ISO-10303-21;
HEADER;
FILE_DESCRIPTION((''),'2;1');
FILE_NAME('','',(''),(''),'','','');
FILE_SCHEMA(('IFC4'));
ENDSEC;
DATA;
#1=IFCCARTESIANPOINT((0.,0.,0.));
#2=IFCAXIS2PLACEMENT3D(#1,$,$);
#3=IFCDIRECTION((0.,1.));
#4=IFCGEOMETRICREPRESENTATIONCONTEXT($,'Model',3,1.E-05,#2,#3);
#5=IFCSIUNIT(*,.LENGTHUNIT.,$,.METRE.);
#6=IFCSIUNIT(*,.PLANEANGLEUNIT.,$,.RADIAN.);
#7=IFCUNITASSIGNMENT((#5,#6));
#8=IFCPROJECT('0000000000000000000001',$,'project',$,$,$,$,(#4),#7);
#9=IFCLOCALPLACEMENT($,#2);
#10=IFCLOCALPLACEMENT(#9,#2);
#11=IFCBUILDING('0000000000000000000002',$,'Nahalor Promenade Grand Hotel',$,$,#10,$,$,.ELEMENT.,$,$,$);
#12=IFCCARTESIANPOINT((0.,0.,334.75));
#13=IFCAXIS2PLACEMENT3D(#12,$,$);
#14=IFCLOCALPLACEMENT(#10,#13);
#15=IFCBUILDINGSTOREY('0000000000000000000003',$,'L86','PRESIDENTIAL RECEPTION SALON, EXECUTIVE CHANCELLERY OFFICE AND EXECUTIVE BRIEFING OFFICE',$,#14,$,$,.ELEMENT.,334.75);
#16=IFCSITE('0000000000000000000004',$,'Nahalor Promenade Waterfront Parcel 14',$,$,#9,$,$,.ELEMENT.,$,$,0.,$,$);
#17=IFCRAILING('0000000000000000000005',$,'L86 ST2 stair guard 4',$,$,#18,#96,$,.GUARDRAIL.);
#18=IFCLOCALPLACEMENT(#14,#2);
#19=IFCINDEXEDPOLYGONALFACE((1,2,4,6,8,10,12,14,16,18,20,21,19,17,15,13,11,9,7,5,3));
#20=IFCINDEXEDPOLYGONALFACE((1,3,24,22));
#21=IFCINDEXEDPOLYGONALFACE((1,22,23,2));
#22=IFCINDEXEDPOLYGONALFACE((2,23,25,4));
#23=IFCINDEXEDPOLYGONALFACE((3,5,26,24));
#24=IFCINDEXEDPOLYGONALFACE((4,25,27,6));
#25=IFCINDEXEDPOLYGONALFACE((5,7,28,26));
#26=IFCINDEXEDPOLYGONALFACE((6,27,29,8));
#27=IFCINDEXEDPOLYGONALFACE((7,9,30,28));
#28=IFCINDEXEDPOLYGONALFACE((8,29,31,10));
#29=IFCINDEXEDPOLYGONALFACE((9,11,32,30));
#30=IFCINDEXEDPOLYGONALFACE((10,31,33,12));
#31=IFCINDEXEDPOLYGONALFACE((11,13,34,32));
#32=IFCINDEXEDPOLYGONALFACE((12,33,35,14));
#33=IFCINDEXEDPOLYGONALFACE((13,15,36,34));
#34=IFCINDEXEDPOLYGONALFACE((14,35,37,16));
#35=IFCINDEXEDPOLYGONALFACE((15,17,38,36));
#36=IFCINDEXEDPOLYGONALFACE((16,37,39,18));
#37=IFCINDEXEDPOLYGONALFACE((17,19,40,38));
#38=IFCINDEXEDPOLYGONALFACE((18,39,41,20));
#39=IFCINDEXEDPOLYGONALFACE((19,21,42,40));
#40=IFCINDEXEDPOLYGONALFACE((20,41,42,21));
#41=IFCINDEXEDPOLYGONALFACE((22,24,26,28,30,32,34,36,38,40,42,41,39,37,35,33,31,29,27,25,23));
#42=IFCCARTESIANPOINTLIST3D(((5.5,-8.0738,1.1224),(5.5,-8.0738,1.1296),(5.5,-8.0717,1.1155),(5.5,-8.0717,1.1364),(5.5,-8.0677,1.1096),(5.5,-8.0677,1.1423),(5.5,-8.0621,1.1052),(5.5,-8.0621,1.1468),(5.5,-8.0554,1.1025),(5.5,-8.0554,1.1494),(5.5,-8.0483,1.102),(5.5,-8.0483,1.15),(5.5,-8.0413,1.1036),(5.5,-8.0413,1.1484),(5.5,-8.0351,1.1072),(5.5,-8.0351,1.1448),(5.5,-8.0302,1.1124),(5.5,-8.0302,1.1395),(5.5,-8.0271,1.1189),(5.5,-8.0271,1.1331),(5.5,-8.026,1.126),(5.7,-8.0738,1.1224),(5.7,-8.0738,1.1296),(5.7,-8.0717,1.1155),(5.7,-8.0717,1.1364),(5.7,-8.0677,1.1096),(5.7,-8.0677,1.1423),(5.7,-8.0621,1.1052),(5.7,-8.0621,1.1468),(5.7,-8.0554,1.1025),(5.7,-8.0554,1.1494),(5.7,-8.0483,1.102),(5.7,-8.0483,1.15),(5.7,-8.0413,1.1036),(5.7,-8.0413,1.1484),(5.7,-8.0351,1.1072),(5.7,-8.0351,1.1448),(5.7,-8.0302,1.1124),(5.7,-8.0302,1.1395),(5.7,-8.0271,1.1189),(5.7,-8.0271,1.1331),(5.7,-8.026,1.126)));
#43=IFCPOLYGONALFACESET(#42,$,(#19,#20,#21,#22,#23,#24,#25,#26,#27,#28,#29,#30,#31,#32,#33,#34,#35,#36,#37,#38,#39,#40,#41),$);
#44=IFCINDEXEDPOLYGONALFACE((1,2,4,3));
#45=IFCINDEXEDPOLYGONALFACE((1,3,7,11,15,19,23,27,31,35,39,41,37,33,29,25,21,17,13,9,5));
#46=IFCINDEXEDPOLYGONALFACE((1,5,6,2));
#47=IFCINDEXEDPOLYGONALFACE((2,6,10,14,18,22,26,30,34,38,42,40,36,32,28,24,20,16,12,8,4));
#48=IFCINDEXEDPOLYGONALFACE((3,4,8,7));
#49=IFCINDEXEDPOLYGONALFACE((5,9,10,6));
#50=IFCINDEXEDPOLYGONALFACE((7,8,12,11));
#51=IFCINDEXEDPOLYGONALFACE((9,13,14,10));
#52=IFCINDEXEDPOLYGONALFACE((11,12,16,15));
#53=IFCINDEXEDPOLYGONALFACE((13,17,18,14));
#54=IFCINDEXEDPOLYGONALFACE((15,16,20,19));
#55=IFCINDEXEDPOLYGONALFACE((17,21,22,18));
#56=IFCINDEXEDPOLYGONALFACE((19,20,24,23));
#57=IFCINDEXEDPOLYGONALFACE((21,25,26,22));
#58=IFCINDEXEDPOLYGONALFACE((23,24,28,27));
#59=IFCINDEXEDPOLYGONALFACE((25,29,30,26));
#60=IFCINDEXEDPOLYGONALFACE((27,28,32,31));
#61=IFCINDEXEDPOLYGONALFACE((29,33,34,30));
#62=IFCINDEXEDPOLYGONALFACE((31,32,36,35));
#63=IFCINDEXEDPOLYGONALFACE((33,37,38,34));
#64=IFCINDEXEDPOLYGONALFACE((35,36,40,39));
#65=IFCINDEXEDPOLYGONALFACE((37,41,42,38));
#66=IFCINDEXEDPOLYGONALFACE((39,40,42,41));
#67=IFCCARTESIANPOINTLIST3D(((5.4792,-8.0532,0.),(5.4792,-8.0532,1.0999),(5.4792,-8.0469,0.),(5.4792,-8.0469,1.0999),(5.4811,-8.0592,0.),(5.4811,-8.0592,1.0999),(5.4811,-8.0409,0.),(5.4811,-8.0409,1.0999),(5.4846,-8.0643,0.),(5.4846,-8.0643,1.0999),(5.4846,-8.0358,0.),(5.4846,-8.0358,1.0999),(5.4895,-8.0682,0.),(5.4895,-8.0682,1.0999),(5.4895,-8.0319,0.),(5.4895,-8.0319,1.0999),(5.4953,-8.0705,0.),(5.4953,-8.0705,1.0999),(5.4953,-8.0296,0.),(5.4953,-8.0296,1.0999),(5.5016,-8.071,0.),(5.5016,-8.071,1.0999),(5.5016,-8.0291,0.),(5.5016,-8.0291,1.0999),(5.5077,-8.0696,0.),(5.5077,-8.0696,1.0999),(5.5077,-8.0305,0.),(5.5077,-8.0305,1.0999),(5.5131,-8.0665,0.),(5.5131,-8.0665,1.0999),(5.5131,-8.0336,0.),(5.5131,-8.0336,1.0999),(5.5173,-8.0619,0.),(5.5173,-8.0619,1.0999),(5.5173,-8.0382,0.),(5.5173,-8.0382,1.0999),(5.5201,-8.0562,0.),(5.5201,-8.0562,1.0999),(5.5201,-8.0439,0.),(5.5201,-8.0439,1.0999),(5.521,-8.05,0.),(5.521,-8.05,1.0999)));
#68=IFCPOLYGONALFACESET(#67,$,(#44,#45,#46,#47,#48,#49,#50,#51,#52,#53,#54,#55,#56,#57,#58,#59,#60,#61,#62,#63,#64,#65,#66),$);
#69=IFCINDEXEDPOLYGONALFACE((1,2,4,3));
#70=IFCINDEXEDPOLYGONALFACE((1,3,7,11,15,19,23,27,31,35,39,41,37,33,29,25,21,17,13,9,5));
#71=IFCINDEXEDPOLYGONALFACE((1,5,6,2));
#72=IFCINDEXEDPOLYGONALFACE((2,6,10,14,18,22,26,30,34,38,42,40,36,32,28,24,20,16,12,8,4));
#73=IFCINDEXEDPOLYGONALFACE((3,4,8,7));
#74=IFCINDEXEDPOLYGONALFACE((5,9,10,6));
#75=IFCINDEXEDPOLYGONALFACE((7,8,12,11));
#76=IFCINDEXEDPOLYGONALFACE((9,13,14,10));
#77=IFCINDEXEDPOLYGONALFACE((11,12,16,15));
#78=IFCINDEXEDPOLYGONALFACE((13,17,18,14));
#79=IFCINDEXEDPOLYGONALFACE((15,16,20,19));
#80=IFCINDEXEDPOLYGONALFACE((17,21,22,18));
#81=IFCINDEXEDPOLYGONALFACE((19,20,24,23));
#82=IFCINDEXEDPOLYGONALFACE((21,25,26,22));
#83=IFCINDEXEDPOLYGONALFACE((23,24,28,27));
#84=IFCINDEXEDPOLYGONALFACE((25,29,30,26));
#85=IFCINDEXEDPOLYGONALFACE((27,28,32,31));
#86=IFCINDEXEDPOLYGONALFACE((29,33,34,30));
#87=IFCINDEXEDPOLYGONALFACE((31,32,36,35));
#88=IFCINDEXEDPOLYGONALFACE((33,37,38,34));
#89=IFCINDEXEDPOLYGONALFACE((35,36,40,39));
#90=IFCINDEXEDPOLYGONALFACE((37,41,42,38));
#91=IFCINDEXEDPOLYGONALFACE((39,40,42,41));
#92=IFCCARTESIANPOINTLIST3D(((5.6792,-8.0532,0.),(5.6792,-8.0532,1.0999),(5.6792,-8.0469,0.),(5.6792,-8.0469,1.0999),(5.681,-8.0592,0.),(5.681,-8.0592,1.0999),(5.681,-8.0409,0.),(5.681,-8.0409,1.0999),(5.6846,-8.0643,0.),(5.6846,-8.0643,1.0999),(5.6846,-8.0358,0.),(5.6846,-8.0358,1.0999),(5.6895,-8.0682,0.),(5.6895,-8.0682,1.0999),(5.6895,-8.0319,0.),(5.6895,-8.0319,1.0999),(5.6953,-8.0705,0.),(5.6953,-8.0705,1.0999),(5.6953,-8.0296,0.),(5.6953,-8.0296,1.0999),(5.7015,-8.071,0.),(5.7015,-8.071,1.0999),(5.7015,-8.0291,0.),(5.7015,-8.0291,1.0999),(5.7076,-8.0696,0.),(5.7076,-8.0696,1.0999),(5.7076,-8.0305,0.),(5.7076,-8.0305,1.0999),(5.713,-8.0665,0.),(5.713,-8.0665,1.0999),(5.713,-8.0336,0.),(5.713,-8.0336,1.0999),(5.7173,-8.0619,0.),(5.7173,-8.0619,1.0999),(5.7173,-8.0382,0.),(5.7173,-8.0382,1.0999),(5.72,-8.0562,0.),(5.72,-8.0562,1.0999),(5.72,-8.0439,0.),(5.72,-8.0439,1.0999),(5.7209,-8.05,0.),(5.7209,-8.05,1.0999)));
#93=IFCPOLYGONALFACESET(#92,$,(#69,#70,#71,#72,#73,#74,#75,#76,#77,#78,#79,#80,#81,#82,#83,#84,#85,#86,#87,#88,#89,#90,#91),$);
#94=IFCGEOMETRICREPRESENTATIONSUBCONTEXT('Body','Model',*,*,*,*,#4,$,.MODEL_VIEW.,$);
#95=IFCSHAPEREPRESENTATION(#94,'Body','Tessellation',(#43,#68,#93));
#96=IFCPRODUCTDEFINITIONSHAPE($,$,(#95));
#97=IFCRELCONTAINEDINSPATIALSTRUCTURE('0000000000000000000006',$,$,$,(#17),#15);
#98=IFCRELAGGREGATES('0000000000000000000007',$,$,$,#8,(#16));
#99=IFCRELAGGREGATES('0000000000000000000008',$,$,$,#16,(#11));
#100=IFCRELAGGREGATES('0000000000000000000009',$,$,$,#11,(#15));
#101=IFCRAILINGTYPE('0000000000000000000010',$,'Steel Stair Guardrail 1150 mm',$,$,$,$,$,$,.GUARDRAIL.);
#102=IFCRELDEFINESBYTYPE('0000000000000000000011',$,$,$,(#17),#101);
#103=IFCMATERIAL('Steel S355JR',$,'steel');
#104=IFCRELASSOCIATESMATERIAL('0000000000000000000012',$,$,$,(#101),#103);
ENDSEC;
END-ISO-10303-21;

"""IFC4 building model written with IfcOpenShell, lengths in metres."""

from ifc_helpers import new_model, si_unit, direction, frame, origin, origin_2d, place, context, subcontext, project, spatial, circle, extrude, material, type_object, element, save


model = new_model("IFC4")

# Units and contexts
model_context = context("Model", 3, precision=1e-05, world=origin(), true_north=direction((0.0, 1.0)))
body_context = subcontext(model_context, "Body", "Model", "MODEL_VIEW")
ifc_project = project(units=[si_unit("LENGTHUNIT", "METRE"), si_unit("PLANEANGLEUNIT", "RADIAN")], contexts=[model_context])

# Site, building, storey
site_placement = place(None, origin())
site = spatial("IfcSite", under=ifc_project, at=site_placement, Name="Nahalor Promenade Waterfront Parcel 14", CompositionType="ELEMENT", RefElevation=0.0)
building_placement = place(site_placement, origin())
building = spatial("IfcBuilding", under=site, at=building_placement, Name="Nahalor Promenade Grand Hotel", CompositionType="ELEMENT")
storey_placement = place(building_placement, frame((0.0, 0.0, 334.75)))
storey = spatial("IfcBuildingStorey", under=building, at=storey_placement, Name="L86", Description="PRESIDENTIAL RECEPTION SALON, EXECUTIVE CHANCELLERY OFFICE AND EXECUTIVE BRIEFING OFFICE", CompositionType="ELEMENT", Elevation=334.75)

# Shared definitions
ifc_material_1 = material(Name="Steel S355JR", Category="steel")

# Railing
railing_type_1 = type_object("IfcRailingType", Name="Steel Stair Guardrail 1150 mm", PredefinedType="GUARDRAIL", material=ifc_material_1)
railing_1_placement = place(storey_placement, frame((5.5, -8.05, 0.0)))
element("IfcRailing", 1, at=railing_1_placement, inside=storey, type_object=railing_type_1, Name="L86 ST2 stair guard 4", PredefinedType="GUARDRAIL", context=body_context, shape_type="SweptSolid", body=[
    extrude(circle(Radius=0.024, at=origin_2d()), frame((0.0, 0.0, 1.126), z_axis=(1.0, 0.0, 0.0), x_axis=(0.0, 1.0, 0.0)), (0.0, 0.0, 1.0), 0.2),
    extrude(circle(Radius=0.021, at=origin_2d()), origin(), (0.0, 0.0, 1.0), 1.0999),
    extrude(circle(Radius=0.021, at=origin_2d()), frame((0.2, 0.0, 0.0)), (0.0, 0.0, 1.0), 1.0999),
])

save(model, "model.ifc")
